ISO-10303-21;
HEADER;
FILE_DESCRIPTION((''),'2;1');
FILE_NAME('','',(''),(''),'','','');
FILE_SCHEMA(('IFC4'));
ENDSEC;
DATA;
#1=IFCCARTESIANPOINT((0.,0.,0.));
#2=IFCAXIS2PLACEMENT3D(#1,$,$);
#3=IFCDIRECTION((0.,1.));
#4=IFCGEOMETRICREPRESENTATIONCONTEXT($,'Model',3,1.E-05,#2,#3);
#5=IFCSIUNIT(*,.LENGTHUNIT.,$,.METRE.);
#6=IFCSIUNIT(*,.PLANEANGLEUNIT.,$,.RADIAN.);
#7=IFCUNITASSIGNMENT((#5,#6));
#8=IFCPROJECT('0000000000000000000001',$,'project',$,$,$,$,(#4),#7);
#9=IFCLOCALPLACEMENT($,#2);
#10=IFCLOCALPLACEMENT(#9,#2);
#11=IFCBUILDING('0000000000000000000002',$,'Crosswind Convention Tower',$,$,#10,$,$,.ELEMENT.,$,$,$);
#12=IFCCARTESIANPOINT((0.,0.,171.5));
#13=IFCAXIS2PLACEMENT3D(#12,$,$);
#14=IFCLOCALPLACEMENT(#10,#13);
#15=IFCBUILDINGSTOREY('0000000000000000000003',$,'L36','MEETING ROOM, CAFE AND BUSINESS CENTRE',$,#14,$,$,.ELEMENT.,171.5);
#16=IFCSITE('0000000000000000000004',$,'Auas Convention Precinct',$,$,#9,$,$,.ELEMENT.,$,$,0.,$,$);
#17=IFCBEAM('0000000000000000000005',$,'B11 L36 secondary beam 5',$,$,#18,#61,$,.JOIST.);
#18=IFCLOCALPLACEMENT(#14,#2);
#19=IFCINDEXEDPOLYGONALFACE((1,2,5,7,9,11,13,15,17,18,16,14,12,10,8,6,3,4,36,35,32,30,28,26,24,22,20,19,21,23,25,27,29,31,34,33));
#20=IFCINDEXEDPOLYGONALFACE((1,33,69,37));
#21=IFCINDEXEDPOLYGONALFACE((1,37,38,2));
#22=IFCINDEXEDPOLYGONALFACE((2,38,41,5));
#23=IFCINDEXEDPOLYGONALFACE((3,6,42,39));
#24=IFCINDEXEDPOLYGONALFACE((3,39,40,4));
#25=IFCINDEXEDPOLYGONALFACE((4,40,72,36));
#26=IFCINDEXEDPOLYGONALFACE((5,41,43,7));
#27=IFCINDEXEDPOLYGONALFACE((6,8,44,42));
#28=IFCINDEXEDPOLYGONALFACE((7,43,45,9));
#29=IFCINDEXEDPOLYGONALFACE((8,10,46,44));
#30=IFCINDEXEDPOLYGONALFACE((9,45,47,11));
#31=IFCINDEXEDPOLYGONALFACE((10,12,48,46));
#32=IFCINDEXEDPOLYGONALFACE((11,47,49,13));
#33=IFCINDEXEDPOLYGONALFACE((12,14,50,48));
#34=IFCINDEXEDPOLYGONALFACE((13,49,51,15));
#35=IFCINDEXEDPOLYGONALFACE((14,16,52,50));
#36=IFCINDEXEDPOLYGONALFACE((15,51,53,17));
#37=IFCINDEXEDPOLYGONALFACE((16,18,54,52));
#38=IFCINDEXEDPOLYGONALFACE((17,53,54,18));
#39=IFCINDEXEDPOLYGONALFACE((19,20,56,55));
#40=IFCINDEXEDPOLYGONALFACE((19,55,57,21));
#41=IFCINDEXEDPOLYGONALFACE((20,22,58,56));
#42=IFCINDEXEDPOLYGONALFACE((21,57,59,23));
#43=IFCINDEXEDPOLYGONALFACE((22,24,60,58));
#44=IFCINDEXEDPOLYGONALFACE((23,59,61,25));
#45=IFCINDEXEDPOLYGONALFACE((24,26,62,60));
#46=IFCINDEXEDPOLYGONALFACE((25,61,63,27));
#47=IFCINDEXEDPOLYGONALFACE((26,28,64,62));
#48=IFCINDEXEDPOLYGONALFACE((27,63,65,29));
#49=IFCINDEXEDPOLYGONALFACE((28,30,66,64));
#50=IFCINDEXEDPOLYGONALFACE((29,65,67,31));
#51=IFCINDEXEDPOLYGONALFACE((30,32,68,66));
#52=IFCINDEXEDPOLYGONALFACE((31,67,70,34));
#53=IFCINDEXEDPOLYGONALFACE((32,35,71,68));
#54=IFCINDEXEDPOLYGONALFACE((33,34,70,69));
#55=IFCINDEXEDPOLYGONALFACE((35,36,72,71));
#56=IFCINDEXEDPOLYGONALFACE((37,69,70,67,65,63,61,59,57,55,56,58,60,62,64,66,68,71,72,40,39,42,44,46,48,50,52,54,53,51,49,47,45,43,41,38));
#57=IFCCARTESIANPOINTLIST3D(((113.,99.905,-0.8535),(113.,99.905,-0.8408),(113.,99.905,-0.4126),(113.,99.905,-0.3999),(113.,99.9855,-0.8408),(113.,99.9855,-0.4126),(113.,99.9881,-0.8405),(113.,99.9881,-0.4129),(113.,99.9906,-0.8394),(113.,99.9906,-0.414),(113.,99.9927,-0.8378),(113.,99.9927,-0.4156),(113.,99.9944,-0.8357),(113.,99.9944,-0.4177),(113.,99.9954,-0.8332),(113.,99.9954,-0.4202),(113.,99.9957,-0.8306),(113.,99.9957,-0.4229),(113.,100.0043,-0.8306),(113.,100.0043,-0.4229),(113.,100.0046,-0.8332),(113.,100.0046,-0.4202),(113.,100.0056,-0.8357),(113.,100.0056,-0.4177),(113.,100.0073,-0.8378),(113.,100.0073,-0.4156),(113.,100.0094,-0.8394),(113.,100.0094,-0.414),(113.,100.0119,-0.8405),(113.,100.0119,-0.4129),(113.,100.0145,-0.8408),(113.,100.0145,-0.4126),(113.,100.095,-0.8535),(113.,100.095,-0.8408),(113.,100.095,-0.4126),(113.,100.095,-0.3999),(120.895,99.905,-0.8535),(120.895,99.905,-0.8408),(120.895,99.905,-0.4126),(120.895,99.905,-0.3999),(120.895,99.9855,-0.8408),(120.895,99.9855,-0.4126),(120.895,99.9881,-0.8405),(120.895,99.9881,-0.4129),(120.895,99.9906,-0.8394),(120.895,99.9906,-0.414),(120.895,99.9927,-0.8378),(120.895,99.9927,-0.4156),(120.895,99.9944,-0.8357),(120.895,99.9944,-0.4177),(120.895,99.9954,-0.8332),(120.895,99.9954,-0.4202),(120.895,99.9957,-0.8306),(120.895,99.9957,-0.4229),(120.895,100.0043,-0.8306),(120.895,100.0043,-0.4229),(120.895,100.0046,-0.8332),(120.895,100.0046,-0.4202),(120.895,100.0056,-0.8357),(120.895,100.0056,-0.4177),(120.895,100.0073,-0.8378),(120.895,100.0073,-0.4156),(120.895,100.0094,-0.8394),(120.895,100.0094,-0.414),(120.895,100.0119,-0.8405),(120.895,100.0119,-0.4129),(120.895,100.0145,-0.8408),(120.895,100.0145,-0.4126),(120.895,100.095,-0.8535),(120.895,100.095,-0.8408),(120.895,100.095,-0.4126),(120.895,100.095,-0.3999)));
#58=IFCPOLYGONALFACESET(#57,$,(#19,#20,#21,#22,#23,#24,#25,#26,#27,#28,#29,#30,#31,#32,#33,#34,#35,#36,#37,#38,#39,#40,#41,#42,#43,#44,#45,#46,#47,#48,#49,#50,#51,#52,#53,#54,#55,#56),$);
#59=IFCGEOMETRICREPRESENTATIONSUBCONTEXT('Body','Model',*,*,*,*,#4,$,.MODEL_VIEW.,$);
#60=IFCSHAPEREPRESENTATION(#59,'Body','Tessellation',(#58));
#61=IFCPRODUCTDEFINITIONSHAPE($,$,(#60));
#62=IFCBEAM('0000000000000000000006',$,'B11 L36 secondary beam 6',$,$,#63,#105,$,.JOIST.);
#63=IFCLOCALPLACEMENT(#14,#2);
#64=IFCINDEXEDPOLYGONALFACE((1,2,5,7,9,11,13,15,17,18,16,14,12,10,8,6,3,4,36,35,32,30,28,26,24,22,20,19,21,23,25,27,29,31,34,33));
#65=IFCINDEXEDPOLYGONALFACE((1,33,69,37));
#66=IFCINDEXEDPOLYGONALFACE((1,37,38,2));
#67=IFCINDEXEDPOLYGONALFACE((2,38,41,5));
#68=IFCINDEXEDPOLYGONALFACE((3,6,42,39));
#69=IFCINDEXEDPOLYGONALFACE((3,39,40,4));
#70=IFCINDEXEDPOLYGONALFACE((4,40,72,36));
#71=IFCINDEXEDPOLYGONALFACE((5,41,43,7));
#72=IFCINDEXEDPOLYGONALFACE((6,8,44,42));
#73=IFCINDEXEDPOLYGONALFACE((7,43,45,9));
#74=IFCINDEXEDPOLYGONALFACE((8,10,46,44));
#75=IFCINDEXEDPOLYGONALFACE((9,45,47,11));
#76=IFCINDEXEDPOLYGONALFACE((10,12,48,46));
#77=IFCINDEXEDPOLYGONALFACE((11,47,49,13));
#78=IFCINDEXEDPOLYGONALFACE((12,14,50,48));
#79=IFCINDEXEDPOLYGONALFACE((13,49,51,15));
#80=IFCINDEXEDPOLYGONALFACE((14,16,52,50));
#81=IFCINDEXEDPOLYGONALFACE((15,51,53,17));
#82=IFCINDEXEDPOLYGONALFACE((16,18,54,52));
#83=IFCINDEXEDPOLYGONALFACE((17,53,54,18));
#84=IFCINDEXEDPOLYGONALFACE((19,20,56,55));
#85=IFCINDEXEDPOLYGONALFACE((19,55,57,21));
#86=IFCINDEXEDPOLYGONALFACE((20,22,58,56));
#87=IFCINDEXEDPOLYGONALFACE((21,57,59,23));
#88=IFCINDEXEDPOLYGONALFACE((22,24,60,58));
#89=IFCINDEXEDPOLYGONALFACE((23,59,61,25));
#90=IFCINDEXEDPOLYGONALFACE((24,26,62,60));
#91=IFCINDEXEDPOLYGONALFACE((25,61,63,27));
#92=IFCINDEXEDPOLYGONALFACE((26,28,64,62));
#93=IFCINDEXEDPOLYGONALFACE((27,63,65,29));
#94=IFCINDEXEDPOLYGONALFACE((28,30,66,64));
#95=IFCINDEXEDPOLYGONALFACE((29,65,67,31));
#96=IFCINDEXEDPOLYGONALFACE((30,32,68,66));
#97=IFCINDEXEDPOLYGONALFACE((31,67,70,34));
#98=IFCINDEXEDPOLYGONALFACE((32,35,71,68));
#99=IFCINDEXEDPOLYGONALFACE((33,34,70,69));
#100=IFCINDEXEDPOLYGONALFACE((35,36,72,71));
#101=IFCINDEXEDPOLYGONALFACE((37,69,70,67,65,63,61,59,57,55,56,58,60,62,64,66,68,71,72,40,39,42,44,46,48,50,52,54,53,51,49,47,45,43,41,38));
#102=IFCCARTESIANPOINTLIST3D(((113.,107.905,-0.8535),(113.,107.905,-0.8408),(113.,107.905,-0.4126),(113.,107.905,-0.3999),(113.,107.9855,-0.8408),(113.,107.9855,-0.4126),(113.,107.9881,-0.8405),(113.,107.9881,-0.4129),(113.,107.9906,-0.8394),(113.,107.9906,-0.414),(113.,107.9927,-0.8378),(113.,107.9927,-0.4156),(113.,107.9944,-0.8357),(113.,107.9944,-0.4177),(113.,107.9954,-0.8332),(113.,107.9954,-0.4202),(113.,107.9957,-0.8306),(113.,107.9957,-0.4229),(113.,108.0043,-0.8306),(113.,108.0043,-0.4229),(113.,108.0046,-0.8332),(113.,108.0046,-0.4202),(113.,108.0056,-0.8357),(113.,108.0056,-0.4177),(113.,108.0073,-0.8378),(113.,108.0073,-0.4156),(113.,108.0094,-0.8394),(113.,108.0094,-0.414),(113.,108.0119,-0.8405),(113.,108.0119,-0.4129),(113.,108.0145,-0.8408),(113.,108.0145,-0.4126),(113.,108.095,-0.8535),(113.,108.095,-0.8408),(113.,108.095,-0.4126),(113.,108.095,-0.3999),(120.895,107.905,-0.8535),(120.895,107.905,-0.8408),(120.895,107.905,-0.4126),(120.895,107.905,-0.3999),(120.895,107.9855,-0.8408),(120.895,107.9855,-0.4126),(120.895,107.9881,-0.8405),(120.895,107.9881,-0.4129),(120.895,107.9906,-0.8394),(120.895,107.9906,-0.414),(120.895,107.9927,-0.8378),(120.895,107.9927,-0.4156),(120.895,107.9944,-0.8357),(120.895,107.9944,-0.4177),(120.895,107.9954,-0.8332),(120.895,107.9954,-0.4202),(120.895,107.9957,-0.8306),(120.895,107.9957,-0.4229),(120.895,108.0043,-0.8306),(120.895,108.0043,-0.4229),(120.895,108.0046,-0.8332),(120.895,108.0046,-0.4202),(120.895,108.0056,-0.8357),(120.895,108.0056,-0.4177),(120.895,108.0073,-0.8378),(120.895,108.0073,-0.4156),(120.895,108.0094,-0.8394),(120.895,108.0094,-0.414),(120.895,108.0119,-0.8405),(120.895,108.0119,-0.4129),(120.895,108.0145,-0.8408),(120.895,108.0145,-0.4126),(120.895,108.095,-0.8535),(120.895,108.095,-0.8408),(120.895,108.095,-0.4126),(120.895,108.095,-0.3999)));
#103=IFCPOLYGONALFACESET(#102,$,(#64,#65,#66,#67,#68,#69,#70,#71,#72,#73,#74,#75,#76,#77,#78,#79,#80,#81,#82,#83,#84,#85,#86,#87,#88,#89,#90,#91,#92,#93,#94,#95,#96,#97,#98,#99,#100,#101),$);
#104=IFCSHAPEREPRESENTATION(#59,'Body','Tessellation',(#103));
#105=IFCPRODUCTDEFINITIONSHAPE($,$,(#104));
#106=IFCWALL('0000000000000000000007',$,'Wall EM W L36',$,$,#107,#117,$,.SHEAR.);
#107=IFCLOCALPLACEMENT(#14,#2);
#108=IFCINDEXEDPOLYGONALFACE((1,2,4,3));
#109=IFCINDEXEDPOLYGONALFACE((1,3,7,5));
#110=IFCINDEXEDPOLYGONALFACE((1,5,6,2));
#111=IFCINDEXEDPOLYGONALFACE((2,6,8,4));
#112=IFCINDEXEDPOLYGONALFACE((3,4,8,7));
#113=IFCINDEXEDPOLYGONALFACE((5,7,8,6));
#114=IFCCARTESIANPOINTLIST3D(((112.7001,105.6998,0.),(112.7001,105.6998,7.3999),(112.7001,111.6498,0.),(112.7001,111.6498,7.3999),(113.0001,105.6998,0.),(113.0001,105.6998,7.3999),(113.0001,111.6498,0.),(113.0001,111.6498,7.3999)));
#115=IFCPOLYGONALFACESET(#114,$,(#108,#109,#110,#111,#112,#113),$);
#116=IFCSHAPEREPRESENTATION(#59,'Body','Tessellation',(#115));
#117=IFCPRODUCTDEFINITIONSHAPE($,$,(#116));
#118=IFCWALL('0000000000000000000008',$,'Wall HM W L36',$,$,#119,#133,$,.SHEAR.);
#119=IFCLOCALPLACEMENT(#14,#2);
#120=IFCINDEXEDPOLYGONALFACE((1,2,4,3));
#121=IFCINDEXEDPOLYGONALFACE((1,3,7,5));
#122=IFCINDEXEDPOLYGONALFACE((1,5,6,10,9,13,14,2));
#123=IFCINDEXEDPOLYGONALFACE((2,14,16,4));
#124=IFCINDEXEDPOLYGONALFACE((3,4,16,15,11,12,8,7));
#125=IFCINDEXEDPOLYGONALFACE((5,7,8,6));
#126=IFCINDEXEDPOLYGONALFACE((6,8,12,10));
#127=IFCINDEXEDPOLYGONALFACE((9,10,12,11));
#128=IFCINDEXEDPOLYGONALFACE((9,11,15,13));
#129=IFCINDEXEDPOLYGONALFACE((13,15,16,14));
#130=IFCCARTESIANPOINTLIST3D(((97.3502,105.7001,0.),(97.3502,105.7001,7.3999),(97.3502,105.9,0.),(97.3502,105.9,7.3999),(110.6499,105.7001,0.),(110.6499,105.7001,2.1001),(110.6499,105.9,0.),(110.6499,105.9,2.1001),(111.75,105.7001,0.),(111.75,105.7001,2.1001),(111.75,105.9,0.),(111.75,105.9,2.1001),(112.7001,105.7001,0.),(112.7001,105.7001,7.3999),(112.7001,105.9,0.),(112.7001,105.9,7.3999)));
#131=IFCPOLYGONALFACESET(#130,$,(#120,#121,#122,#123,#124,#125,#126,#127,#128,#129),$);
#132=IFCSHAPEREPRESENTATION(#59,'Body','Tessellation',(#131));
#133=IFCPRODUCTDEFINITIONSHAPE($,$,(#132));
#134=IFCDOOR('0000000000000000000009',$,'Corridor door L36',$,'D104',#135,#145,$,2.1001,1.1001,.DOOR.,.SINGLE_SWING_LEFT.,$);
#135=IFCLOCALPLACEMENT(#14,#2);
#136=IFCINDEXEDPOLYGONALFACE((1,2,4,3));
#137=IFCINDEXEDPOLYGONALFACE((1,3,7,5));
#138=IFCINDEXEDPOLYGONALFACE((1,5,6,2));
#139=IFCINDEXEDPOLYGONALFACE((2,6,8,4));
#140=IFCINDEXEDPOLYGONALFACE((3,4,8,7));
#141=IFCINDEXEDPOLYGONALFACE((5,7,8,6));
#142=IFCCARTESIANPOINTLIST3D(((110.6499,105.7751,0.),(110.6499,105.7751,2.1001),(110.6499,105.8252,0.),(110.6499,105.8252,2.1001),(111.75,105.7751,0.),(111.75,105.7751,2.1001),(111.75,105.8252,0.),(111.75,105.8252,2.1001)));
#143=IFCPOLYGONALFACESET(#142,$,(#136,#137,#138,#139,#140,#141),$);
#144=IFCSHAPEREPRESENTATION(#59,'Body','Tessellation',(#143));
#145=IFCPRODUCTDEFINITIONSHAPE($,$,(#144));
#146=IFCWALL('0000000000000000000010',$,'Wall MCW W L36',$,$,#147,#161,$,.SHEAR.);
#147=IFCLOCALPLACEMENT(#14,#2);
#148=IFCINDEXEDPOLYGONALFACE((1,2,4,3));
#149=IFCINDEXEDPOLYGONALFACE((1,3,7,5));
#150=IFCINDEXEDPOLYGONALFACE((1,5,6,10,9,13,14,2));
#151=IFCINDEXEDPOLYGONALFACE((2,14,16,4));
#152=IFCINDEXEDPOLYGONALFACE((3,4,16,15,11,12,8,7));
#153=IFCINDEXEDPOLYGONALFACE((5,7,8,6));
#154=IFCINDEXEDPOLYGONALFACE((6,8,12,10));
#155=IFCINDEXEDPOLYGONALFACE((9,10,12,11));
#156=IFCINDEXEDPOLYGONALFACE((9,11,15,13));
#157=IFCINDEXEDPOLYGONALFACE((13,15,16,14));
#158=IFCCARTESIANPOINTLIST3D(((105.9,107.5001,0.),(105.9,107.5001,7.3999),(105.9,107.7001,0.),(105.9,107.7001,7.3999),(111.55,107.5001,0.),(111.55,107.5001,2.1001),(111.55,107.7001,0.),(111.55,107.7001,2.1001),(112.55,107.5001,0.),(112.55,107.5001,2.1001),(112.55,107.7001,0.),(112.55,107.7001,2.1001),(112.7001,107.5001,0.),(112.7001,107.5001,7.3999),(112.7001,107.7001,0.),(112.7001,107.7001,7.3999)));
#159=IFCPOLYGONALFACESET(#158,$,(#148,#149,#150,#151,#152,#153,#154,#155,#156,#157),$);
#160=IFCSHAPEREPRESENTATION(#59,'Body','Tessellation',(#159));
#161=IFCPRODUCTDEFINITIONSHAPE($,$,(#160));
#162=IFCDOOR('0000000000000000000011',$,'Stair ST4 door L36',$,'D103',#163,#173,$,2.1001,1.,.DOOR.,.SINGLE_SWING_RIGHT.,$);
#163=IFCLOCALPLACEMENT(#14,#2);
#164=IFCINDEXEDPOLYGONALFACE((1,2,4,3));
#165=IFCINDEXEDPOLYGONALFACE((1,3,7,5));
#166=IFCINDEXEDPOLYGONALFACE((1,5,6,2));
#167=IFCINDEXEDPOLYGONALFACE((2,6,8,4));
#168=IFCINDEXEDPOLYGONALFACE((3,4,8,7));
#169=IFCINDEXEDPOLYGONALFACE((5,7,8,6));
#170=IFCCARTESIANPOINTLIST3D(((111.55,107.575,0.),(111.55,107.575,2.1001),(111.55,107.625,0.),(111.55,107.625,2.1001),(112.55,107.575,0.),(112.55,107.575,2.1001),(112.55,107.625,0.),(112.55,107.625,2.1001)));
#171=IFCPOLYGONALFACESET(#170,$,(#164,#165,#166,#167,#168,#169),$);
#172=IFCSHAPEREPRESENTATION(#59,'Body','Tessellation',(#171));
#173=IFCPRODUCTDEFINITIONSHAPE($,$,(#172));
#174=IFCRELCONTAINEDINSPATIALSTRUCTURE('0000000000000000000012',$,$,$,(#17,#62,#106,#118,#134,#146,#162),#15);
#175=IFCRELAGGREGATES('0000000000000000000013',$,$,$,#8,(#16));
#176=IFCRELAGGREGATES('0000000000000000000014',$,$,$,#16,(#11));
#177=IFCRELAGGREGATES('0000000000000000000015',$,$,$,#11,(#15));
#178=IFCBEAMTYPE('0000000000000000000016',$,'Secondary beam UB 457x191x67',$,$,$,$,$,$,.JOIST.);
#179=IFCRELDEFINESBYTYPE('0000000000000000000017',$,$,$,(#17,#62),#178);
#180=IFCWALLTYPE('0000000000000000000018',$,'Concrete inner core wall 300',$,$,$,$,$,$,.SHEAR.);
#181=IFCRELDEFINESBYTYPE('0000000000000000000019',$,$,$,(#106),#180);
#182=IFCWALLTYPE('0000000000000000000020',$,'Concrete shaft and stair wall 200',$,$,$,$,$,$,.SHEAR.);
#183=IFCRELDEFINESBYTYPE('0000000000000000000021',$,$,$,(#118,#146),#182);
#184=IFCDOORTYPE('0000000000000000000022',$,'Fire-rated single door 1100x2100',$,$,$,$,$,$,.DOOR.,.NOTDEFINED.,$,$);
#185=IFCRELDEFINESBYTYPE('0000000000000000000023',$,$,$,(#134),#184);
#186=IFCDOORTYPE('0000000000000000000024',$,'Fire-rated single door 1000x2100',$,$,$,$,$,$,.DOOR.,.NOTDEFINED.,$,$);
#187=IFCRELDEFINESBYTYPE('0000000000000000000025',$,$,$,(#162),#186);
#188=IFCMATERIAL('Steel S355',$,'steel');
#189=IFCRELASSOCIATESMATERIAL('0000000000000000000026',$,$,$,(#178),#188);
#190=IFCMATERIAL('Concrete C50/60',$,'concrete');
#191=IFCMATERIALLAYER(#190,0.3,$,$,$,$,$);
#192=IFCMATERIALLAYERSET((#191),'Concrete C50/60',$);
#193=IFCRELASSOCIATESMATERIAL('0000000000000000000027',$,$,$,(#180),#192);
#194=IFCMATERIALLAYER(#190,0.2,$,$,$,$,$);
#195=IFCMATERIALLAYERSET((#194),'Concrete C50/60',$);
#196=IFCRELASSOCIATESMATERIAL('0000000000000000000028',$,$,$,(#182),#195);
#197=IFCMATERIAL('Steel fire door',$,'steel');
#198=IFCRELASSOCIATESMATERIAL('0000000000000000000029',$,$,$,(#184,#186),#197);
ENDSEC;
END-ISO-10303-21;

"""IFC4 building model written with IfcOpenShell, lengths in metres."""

from ifc_helpers import new_model, si_unit, direction, frame, frame_2d, origin, origin_2d, place, context, subcontext, project, spatial, rectangle, i_section, extrude, material, layer, layer_set, material_profile, profile_set, type_object, element, fill, save


model = new_model("IFC4")

# Units and contexts
model_context = context("Model", 3, precision=1e-05, world=origin(), true_north=direction((0.0, 1.0)))
body_context = subcontext(model_context, "Body", "Model", "MODEL_VIEW")
ifc_project = project(units=[si_unit("LENGTHUNIT", "METRE"), si_unit("PLANEANGLEUNIT", "RADIAN")], contexts=[model_context])

# Site, building, storey
site_placement = place(None, origin())
site = spatial("IfcSite", under=ifc_project, at=site_placement, Name="Auas Convention Precinct", CompositionType="ELEMENT", RefElevation=0.0)
building_placement = place(site_placement, origin())
building = spatial("IfcBuilding", under=site, at=building_placement, Name="Crosswind Convention Tower", CompositionType="ELEMENT")
storey_placement = place(building_placement, frame((0.0, 0.0, 171.5)))
storey = spatial("IfcBuildingStorey", under=building, at=storey_placement, Name="L36", Description="MEETING ROOM, CAFE AND BUSINESS CENTRE", CompositionType="ELEMENT", Elevation=171.5)

# Beams
ifc_material_1 = material(Name="Steel S355", Category="steel")
ifc_material_profile_1 = material_profile(ifc_material_1, i_section(OverallWidth=0.1899, OverallDepth=0.4536, WebThickness=0.0085, FlangeThickness=0.0127, FilletRadius=0.0103, at=origin_2d()), Name="UB 457x191x67")
ifc_profile_set_1 = profile_set([ifc_material_profile_1], Name="Steel S355")
beam_type_1 = type_object("IfcBeamType", Name="Secondary beam UB 457x191x67", PredefinedType="JOIST", material=ifc_profile_set_1)
for number, where, z_axis, x_axis, name in (
    (1, (113.0, 100.0, -0.6267), (1.0, 0.0, 0.0), (0.0, 1.0, 0.0), "B11 L36 secondary beam 5"),
    (2, (113.0, 108.0, -0.6267), (1.0, 0.0, 0.0), (0.0, 1.0, 0.0), "B11 L36 secondary beam 6"),
):
    element("IfcBeam", number, at=place(storey_placement, frame(where, z_axis=z_axis, x_axis=x_axis)), inside=storey, type_object=beam_type_1, Name=name, PredefinedType="JOIST", context=body_context, shape_type="SweptSolid", body=[
        extrude(i_section(OverallWidth=0.1899, OverallDepth=0.4536, WebThickness=0.0085, FlangeThickness=0.0127, FilletRadius=0.0103, at=origin_2d()), origin(), (0.0, 0.0, 1.0), 7.895),
    ])

# Shared definitions
ifc_material_2 = material(Name="Concrete C50/60", Category="concrete")
ifc_layer_1 = layer(ifc_material_2, 0.3)
ifc_layer_set_1 = layer_set([ifc_layer_1], Name="Concrete C50/60")
wall_type_1 = type_object("IfcWallType", Name="Concrete inner core wall 300", PredefinedType="SHEAR", material=ifc_layer_set_1)

# Wall
wall_1_placement = place(storey_placement, frame((112.8501, 111.6499, 0.0), z_axis=(0.0, 0.0, 1.0), x_axis=(0.0, -1.0, 0.0)))
element("IfcWall", 3, at=wall_1_placement, inside=storey, type_object=wall_type_1, Name="Wall EM W L36", PredefinedType="SHEAR", context=body_context, shape_type="SweptSolid", body=[
    extrude(rectangle(XDim=5.95, YDim=0.3, at=frame_2d((2.9751, 0.0))), origin(), (0.0, 0.0, 1.0), 7.3999),
])

# Walls, openings, doors
ifc_layer_2 = layer(ifc_material_2, 0.2)
ifc_layer_set_2 = layer_set([ifc_layer_2], Name="Concrete C50/60")
wall_type_2 = type_object("IfcWallType", Name="Concrete shaft and stair wall 200", PredefinedType="SHEAR", material=ifc_layer_set_2)
wall_2_placement = place(storey_placement, frame((112.7, 105.8, 0.0), z_axis=(0.0, 0.0, 1.0), x_axis=(-1.0, 0.0, 0.0)))
wall_2 = element("IfcWall", 4, at=wall_2_placement, inside=storey, type_object=wall_type_2, Name="Wall HM W L36", PredefinedType="SHEAR", context=body_context, shape_type="SweptSolid", body=[
    extrude(rectangle(XDim=15.3499, YDim=0.2, at=frame_2d((7.6748, 0.0))), origin(), (0.0, 0.0, 1.0), 7.3999),
])
opening_1_placement = place(wall_2_placement, frame((0.95, 0.0, 0.0)))
opening_1 = element("IfcOpeningElement", 5, at=opening_1_placement, cuts=wall_2, PredefinedType="OPENING", context=body_context, shape_type="SweptSolid", body=[
    extrude(rectangle(XDim=1.1001, YDim=2.1001, at=frame_2d((0.55, 1.05))), frame((0.0, 0.1099, 0.0), z_axis=(0.0, -1.0, 0.0), x_axis=(1.0, 0.0, 0.0)), (0.0, 0.0, 1.0), 0.22),
])
ifc_material_3 = material(Name="Steel fire door", Category="steel")
door_type_1 = type_object("IfcDoorType", Name="Fire-rated single door 1100x2100", OperationType="NOTDEFINED", PredefinedType="DOOR", material=ifc_material_3)
door_1_placement = place(opening_1_placement, origin())
door_1 = element("IfcDoor", 6, at=door_1_placement, inside=storey, type_object=door_type_1, Name="Corridor door L36", ObjectType="D104", OperationType="SINGLE_SWING_LEFT", OverallHeight=2.1001, OverallWidth=1.1001, PredefinedType="DOOR", context=body_context, shape_type="SweptSolid", body=[
    extrude(rectangle(XDim=1.1001, YDim=2.1001, at=frame_2d((0.55, 1.05))), frame((0.0, 0.0249, 0.0), z_axis=(0.0, -1.0, 0.0), x_axis=(1.0, 0.0, 0.0)), (0.0, 0.0, 1.0), 0.05),
])
fill(opening_1, door_1)
wall_3_placement = place(storey_placement, frame((112.7, 107.6001, 0.0), z_axis=(0.0, 0.0, 1.0), x_axis=(-1.0, 0.0, 0.0)))
wall_3 = element("IfcWall", 7, at=wall_3_placement, inside=storey, type_object=wall_type_2, Name="Wall MCW W L36", PredefinedType="SHEAR", context=body_context, shape_type="SweptSolid", body=[
    extrude(rectangle(XDim=6.8, YDim=0.2, at=frame_2d((3.3999, 0.0))), origin(), (0.0, 0.0, 1.0), 7.3999),
])
opening_2_placement = place(wall_3_placement, frame((0.1499, 0.0, 0.0)))
opening_2 = element("IfcOpeningElement", 8, at=opening_2_placement, cuts=wall_3, PredefinedType="OPENING", context=body_context, shape_type="SweptSolid", body=[
    extrude(rectangle(XDim=1.0, YDim=2.1001, at=frame_2d((0.5, 1.05))), frame((0.0, 0.1099, 0.0), z_axis=(0.0, -1.0, 0.0), x_axis=(1.0, 0.0, 0.0)), (0.0, 0.0, 1.0), 0.22),
])
door_type_2 = type_object("IfcDoorType", Name="Fire-rated single door 1000x2100", OperationType="NOTDEFINED", PredefinedType="DOOR", material=ifc_material_3)
door_2_placement = place(opening_2_placement, frame((1.0, 0.0, 0.0), z_axis=(0.0, 0.0, 1.0), x_axis=(-1.0, 0.0, 0.0)))
door_2 = element("IfcDoor", 9, at=door_2_placement, inside=storey, type_object=door_type_2, Name="Stair ST4 door L36", ObjectType="D103", OperationType="SINGLE_SWING_RIGHT", OverallHeight=2.1001, OverallWidth=1.0, PredefinedType="DOOR", context=body_context, shape_type="SweptSolid", body=[
    extrude(rectangle(XDim=1.0, YDim=2.1001, at=frame_2d((0.5, 1.05))), frame((0.0, 0.0249, 0.0), z_axis=(0.0, -1.0, 0.0), x_axis=(1.0, 0.0, 0.0)), (0.0, 0.0, 1.0), 0.05),
])
fill(opening_2, door_2)

save(model, "model.ifc")
